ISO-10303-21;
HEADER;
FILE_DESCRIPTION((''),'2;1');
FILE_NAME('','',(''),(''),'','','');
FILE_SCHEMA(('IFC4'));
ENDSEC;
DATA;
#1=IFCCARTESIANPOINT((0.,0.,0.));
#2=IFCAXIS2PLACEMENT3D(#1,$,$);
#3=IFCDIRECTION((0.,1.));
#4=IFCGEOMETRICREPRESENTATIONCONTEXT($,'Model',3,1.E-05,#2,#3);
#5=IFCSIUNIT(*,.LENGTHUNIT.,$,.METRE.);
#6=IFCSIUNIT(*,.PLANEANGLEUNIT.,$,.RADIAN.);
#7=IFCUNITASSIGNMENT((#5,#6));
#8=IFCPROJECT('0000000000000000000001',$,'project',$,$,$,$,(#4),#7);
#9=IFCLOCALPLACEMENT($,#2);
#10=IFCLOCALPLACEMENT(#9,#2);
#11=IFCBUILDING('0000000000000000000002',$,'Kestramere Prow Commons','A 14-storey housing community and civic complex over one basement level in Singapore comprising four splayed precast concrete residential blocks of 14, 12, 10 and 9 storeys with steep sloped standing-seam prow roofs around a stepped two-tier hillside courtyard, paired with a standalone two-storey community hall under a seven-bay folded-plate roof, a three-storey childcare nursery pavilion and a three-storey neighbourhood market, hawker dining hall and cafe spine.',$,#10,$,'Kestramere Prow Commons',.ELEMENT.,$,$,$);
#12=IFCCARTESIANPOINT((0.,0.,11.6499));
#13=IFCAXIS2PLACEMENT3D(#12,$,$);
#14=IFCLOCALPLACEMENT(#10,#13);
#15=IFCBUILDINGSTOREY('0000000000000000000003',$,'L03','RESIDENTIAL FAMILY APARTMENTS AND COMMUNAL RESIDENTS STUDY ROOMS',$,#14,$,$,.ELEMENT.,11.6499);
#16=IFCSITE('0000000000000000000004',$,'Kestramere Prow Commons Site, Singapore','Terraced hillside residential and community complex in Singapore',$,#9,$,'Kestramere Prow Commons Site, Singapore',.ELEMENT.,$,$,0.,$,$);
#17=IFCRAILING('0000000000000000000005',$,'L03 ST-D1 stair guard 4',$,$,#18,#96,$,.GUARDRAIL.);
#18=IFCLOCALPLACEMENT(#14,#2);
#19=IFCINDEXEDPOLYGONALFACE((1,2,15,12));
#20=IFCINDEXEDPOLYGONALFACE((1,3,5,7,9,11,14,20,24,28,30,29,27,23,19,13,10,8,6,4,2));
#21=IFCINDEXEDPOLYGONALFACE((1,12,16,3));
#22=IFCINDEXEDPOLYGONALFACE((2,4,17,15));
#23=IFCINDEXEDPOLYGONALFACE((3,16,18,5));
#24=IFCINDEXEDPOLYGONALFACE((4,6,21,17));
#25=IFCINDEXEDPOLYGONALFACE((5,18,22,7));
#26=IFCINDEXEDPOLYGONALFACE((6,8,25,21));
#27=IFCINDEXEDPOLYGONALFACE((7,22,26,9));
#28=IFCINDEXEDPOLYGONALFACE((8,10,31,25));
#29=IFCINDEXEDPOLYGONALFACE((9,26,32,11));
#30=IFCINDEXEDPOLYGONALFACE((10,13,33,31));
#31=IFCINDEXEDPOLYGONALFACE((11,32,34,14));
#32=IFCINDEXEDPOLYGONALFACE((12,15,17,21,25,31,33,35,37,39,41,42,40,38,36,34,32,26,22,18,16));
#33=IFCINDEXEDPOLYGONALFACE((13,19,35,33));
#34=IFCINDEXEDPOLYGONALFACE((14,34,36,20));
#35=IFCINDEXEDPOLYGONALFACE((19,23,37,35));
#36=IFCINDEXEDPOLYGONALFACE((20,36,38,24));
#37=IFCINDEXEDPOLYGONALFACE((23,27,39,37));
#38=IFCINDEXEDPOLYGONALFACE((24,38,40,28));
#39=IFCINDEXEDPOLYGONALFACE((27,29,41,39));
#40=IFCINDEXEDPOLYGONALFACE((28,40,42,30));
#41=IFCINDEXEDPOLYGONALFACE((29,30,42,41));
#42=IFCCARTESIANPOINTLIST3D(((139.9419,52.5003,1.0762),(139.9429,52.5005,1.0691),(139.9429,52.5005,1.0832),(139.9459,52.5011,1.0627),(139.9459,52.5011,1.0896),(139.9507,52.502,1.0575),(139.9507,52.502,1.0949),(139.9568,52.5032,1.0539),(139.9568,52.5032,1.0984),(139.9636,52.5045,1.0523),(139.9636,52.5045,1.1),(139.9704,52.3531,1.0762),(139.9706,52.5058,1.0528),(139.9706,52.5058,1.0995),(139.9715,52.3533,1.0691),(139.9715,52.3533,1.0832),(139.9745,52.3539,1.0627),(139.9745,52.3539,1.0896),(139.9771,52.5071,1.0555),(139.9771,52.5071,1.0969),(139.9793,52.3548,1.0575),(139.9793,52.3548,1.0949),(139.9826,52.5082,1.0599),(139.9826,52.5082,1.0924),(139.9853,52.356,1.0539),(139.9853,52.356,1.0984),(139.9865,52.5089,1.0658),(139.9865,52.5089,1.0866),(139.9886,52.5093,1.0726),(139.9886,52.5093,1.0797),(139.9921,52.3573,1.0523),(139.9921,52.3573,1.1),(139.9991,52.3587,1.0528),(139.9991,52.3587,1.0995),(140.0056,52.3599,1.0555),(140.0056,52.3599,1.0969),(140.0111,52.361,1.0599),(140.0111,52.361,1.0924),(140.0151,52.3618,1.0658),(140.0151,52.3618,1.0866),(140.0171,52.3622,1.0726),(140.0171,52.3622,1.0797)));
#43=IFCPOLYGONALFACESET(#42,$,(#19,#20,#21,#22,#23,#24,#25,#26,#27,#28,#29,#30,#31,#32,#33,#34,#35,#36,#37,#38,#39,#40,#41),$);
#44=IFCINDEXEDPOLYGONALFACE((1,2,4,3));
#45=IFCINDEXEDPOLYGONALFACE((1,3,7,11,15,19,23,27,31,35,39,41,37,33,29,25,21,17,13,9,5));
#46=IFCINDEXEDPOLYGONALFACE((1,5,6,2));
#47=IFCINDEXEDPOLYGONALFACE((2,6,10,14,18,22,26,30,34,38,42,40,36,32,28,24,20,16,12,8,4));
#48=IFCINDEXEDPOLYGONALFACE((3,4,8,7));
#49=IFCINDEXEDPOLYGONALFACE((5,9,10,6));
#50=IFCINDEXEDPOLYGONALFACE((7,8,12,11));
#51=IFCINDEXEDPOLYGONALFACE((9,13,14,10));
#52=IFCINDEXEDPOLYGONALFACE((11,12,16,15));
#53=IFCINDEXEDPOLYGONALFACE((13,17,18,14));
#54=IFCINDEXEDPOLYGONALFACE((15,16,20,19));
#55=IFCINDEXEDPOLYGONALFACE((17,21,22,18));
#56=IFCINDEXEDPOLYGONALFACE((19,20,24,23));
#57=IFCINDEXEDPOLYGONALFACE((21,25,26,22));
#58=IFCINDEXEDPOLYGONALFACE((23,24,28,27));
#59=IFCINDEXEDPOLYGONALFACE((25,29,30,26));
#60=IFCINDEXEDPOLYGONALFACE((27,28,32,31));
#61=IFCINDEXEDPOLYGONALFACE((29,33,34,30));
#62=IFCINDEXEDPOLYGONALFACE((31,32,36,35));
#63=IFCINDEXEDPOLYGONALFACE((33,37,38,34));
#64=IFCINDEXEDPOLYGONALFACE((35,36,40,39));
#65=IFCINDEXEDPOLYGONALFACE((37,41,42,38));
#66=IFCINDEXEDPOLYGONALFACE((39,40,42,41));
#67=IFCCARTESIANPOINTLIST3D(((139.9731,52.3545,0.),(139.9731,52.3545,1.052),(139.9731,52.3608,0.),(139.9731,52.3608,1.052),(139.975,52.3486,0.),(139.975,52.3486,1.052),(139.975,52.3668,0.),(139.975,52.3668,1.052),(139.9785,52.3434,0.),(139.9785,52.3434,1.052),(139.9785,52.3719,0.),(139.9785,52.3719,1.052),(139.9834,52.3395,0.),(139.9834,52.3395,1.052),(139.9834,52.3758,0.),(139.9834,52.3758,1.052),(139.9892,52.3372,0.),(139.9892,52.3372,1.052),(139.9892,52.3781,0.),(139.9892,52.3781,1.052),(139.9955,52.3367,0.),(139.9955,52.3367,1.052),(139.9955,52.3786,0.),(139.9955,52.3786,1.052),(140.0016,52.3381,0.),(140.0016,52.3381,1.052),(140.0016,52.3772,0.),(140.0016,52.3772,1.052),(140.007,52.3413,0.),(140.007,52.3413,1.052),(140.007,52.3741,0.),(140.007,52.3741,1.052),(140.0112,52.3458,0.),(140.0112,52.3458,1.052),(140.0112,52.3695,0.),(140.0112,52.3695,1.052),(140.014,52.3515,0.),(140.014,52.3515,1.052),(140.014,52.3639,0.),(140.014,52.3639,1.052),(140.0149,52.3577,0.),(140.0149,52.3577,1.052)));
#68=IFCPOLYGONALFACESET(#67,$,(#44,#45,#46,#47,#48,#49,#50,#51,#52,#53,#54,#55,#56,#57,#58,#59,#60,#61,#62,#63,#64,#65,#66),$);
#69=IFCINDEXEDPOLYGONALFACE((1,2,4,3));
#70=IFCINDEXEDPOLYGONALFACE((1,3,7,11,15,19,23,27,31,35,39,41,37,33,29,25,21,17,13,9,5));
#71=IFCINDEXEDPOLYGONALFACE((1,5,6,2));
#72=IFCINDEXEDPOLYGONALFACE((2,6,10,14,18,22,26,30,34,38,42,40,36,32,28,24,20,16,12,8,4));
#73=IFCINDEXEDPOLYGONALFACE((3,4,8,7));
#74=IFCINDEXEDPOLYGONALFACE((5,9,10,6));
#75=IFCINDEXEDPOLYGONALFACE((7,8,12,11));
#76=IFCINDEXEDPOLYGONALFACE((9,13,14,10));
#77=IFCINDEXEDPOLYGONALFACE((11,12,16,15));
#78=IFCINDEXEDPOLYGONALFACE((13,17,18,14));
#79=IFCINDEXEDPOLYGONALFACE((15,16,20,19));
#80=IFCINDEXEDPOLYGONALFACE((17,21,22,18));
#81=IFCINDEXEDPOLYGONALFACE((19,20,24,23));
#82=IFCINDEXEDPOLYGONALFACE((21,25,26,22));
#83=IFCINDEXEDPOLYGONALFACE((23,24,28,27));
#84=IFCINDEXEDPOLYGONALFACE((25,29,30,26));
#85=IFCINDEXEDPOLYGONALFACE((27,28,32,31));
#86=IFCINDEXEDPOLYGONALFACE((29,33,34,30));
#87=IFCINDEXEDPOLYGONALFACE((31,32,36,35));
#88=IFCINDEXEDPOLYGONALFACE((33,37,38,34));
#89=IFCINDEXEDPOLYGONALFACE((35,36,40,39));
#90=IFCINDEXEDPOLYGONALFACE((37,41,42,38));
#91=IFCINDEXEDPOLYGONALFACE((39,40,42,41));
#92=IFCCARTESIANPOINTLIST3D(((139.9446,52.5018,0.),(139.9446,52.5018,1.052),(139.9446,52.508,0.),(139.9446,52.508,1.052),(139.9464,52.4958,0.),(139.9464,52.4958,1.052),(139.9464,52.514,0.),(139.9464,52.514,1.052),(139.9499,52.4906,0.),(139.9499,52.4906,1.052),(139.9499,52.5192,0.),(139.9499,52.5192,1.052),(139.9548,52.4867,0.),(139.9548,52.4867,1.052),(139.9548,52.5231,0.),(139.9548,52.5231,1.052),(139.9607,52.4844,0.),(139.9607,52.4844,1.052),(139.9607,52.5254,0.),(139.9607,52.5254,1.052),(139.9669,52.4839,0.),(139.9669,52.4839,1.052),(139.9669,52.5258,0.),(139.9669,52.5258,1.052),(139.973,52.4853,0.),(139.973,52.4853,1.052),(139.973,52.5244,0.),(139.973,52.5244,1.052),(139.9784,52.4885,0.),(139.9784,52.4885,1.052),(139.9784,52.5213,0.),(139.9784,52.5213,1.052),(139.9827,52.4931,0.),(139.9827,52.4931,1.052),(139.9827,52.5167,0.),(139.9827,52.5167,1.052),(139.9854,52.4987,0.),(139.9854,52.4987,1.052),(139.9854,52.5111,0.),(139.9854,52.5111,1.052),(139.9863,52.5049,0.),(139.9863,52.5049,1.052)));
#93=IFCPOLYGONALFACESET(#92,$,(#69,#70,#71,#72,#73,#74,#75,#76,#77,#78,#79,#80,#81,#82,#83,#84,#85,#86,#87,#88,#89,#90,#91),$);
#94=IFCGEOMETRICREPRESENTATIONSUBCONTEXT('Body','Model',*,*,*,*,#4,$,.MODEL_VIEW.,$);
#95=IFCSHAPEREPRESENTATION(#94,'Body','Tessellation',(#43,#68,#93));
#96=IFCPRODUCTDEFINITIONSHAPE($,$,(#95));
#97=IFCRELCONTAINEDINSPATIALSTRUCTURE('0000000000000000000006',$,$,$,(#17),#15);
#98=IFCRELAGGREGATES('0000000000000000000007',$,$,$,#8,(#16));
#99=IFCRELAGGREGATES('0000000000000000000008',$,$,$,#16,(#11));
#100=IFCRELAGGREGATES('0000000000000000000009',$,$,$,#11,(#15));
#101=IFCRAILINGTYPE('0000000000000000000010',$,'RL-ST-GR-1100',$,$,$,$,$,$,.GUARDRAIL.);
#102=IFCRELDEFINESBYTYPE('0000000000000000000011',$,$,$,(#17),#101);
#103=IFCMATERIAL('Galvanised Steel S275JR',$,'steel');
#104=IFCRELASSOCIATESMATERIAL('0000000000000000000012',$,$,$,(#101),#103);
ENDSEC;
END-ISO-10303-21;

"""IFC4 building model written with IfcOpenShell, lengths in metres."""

from ifc_helpers import new_model, si_unit, direction, frame, origin, origin_2d, place, context, subcontext, project, spatial, circle, extrude, material, type_object, element, save


model = new_model("IFC4")

# Units and contexts
model_context = context("Model", 3, precision=1e-05, world=origin(), true_north=direction((0.0, 1.0)))
body_context = subcontext(model_context, "Body", "Model", "MODEL_VIEW")
ifc_project = project(units=[si_unit("LENGTHUNIT", "METRE"), si_unit("PLANEANGLEUNIT", "RADIAN")], contexts=[model_context])

# Site, building, storey
site_placement = place(None, origin())
site = spatial("IfcSite", under=ifc_project, at=site_placement, Name="Kestramere Prow Commons Site, Singapore", Description="Terraced hillside residential and community complex in Singapore", LongName="Kestramere Prow Commons Site, Singapore", CompositionType="ELEMENT", RefElevation=0.0)
building_placement = place(site_placement, origin())
building = spatial("IfcBuilding", under=site, at=building_placement, Name="Kestramere Prow Commons", Description="A 14-storey housing community and civic complex over one basement level in Singapore comprising four splayed precast concrete residential blocks of 14, 12, 10 and 9 storeys with steep sloped standing-seam prow roofs around a stepped two-tier hillside courtyard, paired with a standalone two-storey community hall under a seven-bay folded-plate roof, a three-storey childcare nursery pavilion and a three-storey neighbourhood market, hawker dining hall and cafe spine.", LongName="Kestramere Prow Commons", CompositionType="ELEMENT")
storey_placement = place(building_placement, frame((0.0, 0.0, 11.6499)))
storey = spatial("IfcBuildingStorey", under=building, at=storey_placement, Name="L03", Description="RESIDENTIAL FAMILY APARTMENTS AND COMMUNAL RESIDENTS STUDY ROOMS", CompositionType="ELEMENT", Elevation=11.6499)

# Railing
ifc_material_1 = material(Name="Galvanised Steel S275JR", Category="steel")
railing_type_1 = type_object("IfcRailingType", Name="RL-ST-GR-1100", PredefinedType="GUARDRAIL", material=ifc_material_1)
railing_1_placement = place(storey_placement, frame((139.9939, 52.3577, 0.0)))
element("IfcRailing", 1, at=railing_1_placement, inside=storey, type_object=railing_type_1, Name="L03 ST-D1 stair guard 4", PredefinedType="GUARDRAIL", context=body_context, shape_type="SweptSolid", body=[
    extrude(circle(Radius=0.0239, at=origin_2d()), frame((0.0, 0.0, 1.0762), z_axis=(-0.190477, 0.981692, 0.0), x_axis=(-0.981692, -0.190477, 0.0)), (0.0, 0.0, 1.0), 0.1499),
    extrude(circle(Radius=0.021, at=origin_2d()), origin(), (0.0, 0.0, 1.0), 1.052),
    extrude(circle(Radius=0.021, at=origin_2d()), frame((-0.0286, 0.1472, 0.0)), (0.0, 0.0, 1.0), 1.052),
])

save(model, "model.ifc")
